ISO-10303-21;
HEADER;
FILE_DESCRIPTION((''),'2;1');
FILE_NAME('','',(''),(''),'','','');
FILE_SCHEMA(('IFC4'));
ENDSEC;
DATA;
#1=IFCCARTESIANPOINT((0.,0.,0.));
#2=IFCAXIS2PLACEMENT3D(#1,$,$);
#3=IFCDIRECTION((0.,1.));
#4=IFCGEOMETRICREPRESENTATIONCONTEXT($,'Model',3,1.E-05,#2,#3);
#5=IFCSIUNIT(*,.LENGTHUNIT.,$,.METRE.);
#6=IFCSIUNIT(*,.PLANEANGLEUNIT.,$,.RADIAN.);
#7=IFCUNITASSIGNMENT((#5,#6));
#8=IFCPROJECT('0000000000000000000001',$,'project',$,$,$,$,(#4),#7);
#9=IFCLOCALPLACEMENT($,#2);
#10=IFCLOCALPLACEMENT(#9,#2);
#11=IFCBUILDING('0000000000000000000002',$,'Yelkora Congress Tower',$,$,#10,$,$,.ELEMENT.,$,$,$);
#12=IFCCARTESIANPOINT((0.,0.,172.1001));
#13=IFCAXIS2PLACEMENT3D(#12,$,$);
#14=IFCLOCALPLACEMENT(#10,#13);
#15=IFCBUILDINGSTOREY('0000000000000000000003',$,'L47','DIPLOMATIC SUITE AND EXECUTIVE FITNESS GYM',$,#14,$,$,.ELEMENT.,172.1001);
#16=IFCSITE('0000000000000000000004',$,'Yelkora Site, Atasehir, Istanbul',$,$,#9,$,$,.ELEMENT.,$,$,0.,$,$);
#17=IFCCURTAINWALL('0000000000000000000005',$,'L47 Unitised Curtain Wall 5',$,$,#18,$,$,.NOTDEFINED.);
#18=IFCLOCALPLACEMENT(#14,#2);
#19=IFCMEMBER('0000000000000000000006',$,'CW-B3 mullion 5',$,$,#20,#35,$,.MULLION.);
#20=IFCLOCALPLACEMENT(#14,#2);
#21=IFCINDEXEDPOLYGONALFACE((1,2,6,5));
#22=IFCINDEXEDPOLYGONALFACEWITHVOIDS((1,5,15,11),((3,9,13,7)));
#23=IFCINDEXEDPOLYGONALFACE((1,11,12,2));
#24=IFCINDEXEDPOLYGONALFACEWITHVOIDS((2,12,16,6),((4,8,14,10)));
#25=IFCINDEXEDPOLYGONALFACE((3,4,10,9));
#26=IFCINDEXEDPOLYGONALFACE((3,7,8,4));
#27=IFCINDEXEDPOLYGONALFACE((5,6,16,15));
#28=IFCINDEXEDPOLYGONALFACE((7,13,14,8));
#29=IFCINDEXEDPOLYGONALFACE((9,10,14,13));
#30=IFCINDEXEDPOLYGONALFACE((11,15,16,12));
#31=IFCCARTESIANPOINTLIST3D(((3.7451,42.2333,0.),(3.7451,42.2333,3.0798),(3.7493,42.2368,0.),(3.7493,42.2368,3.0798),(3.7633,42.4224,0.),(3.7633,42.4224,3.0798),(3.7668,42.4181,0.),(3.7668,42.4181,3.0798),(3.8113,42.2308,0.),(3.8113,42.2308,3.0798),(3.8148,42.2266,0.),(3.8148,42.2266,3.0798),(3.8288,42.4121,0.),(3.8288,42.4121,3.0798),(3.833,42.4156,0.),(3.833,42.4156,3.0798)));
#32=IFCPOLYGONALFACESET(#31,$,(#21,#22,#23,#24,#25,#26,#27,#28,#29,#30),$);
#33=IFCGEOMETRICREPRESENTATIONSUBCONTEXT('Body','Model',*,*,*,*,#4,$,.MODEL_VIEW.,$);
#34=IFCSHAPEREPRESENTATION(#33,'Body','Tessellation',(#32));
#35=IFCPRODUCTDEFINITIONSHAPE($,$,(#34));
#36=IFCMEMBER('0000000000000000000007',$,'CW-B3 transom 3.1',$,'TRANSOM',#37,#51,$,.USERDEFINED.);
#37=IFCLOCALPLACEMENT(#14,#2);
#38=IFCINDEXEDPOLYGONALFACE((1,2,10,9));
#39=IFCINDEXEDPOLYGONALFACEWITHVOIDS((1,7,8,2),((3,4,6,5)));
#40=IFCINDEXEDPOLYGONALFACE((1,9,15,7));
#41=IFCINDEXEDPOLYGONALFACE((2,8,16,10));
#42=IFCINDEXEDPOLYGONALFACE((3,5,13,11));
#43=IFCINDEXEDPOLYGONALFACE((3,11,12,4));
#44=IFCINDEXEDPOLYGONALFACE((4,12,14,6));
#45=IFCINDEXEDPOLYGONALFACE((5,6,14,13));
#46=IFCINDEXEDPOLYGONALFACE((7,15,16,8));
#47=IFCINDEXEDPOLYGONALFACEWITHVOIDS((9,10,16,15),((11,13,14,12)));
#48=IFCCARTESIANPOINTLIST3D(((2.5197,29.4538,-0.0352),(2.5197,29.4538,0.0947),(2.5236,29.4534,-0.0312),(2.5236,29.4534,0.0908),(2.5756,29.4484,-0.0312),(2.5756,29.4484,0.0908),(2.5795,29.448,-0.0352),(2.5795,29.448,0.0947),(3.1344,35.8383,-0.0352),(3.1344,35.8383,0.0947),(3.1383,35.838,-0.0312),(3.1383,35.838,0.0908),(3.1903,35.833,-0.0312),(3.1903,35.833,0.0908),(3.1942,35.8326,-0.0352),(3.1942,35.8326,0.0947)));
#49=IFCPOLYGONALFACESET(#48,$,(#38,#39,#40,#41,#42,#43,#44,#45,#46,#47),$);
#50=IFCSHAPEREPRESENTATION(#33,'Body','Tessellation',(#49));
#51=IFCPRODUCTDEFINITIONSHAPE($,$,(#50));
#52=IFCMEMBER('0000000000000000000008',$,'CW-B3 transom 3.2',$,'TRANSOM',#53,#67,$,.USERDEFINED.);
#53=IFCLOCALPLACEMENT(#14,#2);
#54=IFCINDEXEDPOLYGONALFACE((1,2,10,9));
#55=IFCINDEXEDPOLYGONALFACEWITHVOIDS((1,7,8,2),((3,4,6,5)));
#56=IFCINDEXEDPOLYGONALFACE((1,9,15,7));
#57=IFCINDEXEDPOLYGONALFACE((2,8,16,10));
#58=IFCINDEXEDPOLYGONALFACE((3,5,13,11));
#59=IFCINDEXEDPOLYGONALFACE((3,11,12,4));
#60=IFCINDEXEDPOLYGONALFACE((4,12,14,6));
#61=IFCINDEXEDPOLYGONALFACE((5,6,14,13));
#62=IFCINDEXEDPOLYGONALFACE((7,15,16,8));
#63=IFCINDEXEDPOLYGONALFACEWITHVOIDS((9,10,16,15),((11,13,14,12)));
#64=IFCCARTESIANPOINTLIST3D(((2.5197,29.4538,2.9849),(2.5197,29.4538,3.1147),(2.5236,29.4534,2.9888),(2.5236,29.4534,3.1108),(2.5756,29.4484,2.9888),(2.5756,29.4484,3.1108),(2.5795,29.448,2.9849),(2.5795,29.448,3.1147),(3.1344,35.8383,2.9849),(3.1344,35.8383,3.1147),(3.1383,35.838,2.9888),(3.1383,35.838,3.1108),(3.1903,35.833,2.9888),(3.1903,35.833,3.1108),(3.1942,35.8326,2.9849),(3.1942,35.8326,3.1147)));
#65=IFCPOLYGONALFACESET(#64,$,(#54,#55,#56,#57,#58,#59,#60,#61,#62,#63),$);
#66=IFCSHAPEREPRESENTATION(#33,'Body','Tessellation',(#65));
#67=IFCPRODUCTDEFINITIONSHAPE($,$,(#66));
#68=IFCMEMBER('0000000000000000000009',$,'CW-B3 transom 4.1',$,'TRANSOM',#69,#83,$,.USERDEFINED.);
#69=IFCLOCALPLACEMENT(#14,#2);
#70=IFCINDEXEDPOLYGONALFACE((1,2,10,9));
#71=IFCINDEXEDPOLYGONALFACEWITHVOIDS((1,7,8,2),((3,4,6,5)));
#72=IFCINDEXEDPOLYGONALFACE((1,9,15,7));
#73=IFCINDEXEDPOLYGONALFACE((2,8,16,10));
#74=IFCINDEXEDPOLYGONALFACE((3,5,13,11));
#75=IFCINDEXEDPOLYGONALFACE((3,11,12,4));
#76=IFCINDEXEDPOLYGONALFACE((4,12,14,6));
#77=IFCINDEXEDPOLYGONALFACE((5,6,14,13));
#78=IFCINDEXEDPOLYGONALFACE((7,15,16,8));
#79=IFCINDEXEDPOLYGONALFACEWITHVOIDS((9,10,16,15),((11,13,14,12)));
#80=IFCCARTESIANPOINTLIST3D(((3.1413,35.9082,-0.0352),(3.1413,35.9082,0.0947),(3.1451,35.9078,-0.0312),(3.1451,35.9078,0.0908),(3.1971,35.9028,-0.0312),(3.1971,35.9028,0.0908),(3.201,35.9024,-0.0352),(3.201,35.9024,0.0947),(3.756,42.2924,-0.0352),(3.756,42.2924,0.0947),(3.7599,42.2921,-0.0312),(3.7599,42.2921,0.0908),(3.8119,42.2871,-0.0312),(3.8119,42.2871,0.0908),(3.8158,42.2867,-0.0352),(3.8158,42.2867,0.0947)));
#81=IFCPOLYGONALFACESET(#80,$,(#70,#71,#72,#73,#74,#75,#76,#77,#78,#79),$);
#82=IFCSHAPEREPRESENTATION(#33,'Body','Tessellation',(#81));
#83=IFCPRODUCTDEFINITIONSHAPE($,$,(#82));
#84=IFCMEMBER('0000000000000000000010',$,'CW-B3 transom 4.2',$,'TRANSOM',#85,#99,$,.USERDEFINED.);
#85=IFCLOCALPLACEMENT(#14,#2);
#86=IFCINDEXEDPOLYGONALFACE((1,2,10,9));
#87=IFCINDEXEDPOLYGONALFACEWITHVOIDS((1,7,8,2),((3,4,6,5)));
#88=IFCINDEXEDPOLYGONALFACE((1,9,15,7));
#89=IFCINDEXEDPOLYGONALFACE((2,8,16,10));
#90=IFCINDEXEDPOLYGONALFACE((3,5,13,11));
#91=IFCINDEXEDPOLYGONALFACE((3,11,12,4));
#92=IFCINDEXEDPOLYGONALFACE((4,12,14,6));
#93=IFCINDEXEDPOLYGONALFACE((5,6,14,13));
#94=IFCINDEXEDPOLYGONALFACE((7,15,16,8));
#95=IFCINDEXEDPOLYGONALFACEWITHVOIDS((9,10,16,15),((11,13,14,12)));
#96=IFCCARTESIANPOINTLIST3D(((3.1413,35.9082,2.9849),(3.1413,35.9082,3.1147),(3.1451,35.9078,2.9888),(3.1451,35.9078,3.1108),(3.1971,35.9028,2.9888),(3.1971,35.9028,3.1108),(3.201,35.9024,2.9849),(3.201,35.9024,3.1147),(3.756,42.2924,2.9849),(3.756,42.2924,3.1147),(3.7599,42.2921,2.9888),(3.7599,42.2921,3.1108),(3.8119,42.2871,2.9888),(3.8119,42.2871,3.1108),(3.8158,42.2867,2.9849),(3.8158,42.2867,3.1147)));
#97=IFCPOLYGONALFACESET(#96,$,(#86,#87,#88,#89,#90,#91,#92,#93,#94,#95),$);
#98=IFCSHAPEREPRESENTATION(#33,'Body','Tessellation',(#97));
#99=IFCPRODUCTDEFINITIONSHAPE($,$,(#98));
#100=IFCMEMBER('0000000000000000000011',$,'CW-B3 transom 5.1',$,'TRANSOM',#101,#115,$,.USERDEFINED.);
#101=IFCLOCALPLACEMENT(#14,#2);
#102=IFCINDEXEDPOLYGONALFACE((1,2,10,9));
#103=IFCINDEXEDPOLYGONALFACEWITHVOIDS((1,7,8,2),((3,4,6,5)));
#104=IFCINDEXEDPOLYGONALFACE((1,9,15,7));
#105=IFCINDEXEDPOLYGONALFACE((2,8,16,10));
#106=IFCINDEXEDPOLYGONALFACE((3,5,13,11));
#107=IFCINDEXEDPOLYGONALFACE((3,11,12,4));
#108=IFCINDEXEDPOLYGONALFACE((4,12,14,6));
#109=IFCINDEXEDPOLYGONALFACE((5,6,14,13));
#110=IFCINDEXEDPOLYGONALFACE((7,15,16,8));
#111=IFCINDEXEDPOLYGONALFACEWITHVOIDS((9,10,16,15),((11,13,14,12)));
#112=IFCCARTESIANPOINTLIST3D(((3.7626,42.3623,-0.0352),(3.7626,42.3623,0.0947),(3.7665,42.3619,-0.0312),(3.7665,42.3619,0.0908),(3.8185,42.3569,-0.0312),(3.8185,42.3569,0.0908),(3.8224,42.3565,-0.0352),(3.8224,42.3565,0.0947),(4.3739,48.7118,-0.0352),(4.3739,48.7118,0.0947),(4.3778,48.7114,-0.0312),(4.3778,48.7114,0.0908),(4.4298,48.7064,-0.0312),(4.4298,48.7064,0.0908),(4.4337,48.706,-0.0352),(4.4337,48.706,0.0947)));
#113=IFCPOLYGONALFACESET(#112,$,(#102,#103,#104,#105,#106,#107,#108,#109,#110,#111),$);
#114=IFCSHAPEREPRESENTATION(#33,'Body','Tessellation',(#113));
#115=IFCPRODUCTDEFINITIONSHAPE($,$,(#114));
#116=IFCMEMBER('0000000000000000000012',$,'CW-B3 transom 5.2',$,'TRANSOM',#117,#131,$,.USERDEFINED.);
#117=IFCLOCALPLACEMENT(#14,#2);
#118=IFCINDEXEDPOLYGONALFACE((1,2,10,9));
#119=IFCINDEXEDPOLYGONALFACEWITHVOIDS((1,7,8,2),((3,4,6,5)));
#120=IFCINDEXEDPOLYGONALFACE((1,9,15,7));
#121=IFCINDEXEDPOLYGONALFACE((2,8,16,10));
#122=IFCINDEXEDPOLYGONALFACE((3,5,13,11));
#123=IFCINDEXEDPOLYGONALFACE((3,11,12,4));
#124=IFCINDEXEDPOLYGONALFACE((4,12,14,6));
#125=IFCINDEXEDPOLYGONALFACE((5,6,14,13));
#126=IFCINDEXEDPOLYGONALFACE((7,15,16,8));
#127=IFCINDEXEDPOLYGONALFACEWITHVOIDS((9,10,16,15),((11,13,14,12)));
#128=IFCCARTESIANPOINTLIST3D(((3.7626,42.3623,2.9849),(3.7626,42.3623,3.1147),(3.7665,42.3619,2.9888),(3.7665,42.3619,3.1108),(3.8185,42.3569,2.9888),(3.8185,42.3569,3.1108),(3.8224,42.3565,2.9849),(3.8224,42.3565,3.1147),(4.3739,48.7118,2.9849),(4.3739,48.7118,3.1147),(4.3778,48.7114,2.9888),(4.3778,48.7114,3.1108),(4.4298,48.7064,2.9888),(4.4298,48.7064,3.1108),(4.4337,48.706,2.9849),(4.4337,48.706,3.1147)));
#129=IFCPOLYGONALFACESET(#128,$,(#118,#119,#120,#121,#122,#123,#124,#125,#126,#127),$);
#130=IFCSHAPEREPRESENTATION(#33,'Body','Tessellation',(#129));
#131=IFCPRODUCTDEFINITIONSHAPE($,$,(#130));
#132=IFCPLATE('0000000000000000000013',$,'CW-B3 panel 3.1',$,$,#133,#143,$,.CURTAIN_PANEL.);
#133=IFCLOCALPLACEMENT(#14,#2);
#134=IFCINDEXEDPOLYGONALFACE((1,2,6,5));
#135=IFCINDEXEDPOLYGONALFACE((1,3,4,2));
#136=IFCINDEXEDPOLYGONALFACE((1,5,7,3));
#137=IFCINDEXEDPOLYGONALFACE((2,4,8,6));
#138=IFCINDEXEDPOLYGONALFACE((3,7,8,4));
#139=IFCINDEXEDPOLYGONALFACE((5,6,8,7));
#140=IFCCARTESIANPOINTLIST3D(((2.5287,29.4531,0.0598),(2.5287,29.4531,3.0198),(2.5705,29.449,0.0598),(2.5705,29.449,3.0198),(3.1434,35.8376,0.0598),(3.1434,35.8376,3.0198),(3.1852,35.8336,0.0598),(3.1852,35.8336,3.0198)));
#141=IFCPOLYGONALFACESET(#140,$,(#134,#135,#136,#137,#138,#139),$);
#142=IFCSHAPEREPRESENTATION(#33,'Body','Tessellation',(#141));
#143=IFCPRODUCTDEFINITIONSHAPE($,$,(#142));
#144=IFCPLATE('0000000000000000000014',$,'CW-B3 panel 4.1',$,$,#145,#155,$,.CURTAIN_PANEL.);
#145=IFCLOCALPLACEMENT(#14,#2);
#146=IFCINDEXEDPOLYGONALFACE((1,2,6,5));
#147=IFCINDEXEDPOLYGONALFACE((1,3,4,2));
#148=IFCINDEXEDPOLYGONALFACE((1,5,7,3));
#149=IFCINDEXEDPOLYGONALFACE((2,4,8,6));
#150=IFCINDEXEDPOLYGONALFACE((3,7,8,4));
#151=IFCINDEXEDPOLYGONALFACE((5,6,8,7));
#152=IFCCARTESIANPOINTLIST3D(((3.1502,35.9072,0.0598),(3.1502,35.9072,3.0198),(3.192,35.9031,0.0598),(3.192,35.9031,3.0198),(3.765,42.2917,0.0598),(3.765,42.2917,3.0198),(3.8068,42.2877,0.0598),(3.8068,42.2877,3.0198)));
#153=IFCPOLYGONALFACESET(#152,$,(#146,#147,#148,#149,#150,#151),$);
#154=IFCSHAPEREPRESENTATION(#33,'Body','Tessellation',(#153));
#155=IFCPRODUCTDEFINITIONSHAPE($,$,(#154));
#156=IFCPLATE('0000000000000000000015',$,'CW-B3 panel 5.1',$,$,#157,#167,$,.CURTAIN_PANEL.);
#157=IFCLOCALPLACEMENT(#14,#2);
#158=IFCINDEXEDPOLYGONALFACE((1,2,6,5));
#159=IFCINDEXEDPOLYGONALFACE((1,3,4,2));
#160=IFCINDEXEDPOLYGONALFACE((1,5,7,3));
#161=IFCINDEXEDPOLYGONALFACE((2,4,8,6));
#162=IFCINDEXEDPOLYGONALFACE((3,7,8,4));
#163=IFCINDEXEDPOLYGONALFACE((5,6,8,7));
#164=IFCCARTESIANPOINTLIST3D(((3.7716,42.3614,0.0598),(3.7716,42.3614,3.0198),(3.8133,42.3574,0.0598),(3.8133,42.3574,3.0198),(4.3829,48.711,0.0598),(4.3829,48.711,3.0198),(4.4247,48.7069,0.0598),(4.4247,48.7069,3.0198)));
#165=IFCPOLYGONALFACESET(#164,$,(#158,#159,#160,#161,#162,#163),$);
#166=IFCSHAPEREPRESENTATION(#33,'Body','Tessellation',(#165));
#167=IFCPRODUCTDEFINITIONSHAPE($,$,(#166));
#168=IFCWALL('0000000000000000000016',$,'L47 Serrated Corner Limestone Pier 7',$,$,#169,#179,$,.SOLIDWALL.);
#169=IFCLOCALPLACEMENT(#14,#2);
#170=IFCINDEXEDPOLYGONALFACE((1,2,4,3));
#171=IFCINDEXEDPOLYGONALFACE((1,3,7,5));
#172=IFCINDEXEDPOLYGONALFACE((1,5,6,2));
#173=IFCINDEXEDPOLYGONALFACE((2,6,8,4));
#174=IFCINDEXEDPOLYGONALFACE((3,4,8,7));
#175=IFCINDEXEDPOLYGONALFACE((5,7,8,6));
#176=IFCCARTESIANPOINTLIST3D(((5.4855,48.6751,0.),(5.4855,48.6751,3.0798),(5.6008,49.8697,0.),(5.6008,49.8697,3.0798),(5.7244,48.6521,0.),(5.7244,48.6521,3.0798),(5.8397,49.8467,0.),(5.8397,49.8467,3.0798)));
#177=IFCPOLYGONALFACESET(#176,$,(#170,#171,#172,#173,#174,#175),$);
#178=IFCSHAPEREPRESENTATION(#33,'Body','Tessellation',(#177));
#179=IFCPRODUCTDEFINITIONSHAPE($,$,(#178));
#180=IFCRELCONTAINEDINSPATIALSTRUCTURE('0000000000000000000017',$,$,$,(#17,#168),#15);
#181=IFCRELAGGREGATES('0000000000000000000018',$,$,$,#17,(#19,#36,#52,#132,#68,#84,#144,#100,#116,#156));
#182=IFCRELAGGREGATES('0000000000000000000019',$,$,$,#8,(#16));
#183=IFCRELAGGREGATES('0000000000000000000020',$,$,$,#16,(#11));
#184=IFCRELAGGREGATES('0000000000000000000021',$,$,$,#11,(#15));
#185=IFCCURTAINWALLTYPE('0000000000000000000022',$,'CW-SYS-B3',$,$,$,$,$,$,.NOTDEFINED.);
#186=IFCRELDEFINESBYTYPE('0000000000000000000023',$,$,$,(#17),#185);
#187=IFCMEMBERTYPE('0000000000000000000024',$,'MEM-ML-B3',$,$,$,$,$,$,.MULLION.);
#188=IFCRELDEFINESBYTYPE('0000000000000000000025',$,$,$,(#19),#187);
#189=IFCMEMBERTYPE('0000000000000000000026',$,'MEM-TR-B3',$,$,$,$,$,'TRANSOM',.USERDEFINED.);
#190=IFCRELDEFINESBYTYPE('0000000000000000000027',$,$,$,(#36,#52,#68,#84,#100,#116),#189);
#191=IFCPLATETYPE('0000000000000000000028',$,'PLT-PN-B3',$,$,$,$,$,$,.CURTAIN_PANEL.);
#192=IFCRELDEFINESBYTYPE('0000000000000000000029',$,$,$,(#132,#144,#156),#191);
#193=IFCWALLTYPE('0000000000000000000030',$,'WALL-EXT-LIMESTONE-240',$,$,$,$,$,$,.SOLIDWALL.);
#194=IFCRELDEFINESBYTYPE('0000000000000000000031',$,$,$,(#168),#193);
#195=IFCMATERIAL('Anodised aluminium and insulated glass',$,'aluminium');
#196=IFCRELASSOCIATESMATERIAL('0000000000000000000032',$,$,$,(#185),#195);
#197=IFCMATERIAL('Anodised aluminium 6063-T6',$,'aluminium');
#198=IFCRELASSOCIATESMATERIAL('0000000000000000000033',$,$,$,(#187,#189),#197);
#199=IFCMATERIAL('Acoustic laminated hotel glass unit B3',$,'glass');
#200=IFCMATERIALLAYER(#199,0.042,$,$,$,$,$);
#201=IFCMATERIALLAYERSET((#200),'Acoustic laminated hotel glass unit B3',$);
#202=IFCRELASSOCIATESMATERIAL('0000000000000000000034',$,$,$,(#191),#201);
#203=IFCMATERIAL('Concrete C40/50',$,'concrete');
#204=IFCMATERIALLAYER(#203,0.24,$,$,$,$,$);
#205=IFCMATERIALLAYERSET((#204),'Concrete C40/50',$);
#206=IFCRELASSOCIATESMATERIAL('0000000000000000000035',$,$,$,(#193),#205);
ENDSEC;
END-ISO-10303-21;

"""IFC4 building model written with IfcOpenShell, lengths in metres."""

from ifc_helpers import new_model, si_unit, direction, frame, frame_2d, origin, origin_2d, place, context, subcontext, project, spatial, rectangle, hollow_rectangle, extrude, material, layer, layer_set, material_profile, profile_set, type_object, element, aggregate, save


model = new_model("IFC4")

# Units and contexts
model_context = context("Model", 3, precision=1e-05, world=origin(), true_north=direction((0.0, 1.0)))
body_context = subcontext(model_context, "Body", "Model", "MODEL_VIEW")
ifc_project = project(units=[si_unit("LENGTHUNIT", "METRE"), si_unit("PLANEANGLEUNIT", "RADIAN")], contexts=[model_context])

# Site, building, storey
site_placement = place(None, origin())
site = spatial("IfcSite", under=ifc_project, at=site_placement, Name="Yelkora Site, Atasehir, Istanbul", CompositionType="ELEMENT", RefElevation=0.0)
building_placement = place(site_placement, origin())
building = spatial("IfcBuilding", under=site, at=building_placement, Name="Yelkora Congress Tower", CompositionType="ELEMENT")
storey_placement = place(building_placement, frame((0.0, 0.0, 172.1001)))
storey = spatial("IfcBuildingStorey", under=building, at=storey_placement, Name="L47", Description="DIPLOMATIC SUITE AND EXECUTIVE FITNESS GYM", CompositionType="ELEMENT", Elevation=172.1001)

# Curtain wall, members, plates
ifc_material_1 = material(Name="Anodised aluminium and insulated glass", Category="aluminium")
curtain_wall_type = type_object("IfcCurtainWallType", Name="CW-SYS-B3", PredefinedType="NOTDEFINED", material=ifc_material_1)
curtain_wall_placement = place(storey_placement, origin())
curtain_wall = element("IfcCurtainWall", 1, at=curtain_wall_placement, inside=storey, type_object=curtain_wall_type, Name="L47 Unitised Curtain Wall 5", PredefinedType="NOTDEFINED")
ifc_material_2 = material(Name="Anodised aluminium 6063-T6", Category="aluminium")
ifc_material_profile_1 = material_profile(ifc_material_2, hollow_rectangle(XDim=0.0701, YDim=0.1899, WallThickness=0.0039, at=origin_2d()), Name="ALU 70x190x4")
ifc_profile_set_1 = profile_set([ifc_material_profile_1], Name="Anodised aluminium 6063-T6")
member_type_1 = type_object("IfcMemberType", Name="MEM-ML-B3", PredefinedType="MULLION", material=ifc_profile_set_1)
member_1_placement = place(storey_placement, frame((3.7891, 42.3245, 0.0), z_axis=(0.0, 0.0, 1.0), x_axis=(-0.995396, 0.095845, 0.0)))
member_1 = element("IfcMember", 2, at=member_1_placement, type_object=member_type_1, Name="CW-B3 mullion 5", PredefinedType="MULLION", context=body_context, shape_type="SweptSolid", body=[
    extrude(hollow_rectangle(XDim=0.0701, YDim=0.1899, WallThickness=0.0039, at=origin_2d()), origin(), (0.0, 0.0, 1.0), 3.0798),
])
ifc_material_profile_2 = material_profile(ifc_material_2, hollow_rectangle(XDim=0.0601, YDim=0.1299, WallThickness=0.0039, at=origin_2d()), Name="ALU 60x130x4")
ifc_profile_set_2 = profile_set([ifc_material_profile_2], Name="Anodised aluminium 6063-T6")
member_type_2 = type_object("IfcMemberType", Name="MEM-TR-B3", ElementType="TRANSOM", PredefinedType="USERDEFINED", material=ifc_profile_set_2)
member_2_placement = place(storey_placement, frame((2.5496, 29.4509, 0.0298), z_axis=(0.095844, 0.995396, 0.0), x_axis=(-0.995396, 0.095844, 0.0)))
member_2 = element("IfcMember", 3, at=member_2_placement, type_object=member_type_2, Name="CW-B3 transom 3.1", ObjectType="TRANSOM", PredefinedType="USERDEFINED", context=body_context, shape_type="SweptSolid", body=[
    extrude(hollow_rectangle(XDim=0.0601, YDim=0.1299, WallThickness=0.0039, at=origin_2d()), origin(), (0.0, 0.0, 1.0), 6.4141),
])
member_3_placement = place(storey_placement, frame((2.5496, 29.4509, 3.0498), z_axis=(0.095844, 0.995396, 0.0), x_axis=(-0.995396, 0.095844, 0.0)))
member_3 = element("IfcMember", 4, at=member_3_placement, type_object=member_type_2, Name="CW-B3 transom 3.2", ObjectType="TRANSOM", PredefinedType="USERDEFINED", context=body_context, shape_type="SweptSolid", body=[
    extrude(hollow_rectangle(XDim=0.0601, YDim=0.1299, WallThickness=0.0039, at=origin_2d()), origin(), (0.0, 0.0, 1.0), 6.4141),
])
member_4_placement = place(storey_placement, frame((3.1711, 35.9053, 0.0298), z_axis=(0.095847, 0.995396, 0.0), x_axis=(-0.995396, 0.095847, 0.0)))
member_4 = element("IfcMember", 5, at=member_4_placement, type_object=member_type_2, Name="CW-B3 transom 4.1", ObjectType="TRANSOM", PredefinedType="USERDEFINED", context=body_context, shape_type="SweptSolid", body=[
    extrude(hollow_rectangle(XDim=0.0601, YDim=0.1299, WallThickness=0.0039, at=origin_2d()), origin(), (0.0, 0.0, 1.0), 6.4138),
])
member_5_placement = place(storey_placement, frame((3.1711, 35.9053, 3.0498), z_axis=(0.095847, 0.995396, 0.0), x_axis=(-0.995396, 0.095847, 0.0)))
member_5 = element("IfcMember", 6, at=member_5_placement, type_object=member_type_2, Name="CW-B3 transom 4.2", ObjectType="TRANSOM", PredefinedType="USERDEFINED", context=body_context, shape_type="SweptSolid", body=[
    extrude(hollow_rectangle(XDim=0.0601, YDim=0.1299, WallThickness=0.0039, at=origin_2d()), origin(), (0.0, 0.0, 1.0), 6.4138),
])
member_6_placement = place(storey_placement, frame((3.7925, 42.3594, 0.0298), z_axis=(0.095835, 0.995397, 0.0), x_axis=(-0.995397, 0.095835, 0.0)))
member_6 = element("IfcMember", 7, at=member_6_placement, type_object=member_type_2, Name="CW-B3 transom 5.1", ObjectType="TRANSOM", PredefinedType="USERDEFINED", context=body_context, shape_type="SweptSolid", body=[
    extrude(hollow_rectangle(XDim=0.0601, YDim=0.1299, WallThickness=0.0039, at=origin_2d()), origin(), (0.0, 0.0, 1.0), 6.3789),
])
member_7_placement = place(storey_placement, frame((3.7925, 42.3594, 3.0498), z_axis=(0.095835, 0.995397, 0.0), x_axis=(-0.995397, 0.095835, 0.0)))
member_7 = element("IfcMember", 8, at=member_7_placement, type_object=member_type_2, Name="CW-B3 transom 5.2", ObjectType="TRANSOM", PredefinedType="USERDEFINED", context=body_context, shape_type="SweptSolid", body=[
    extrude(hollow_rectangle(XDim=0.0601, YDim=0.1299, WallThickness=0.0039, at=origin_2d()), origin(), (0.0, 0.0, 1.0), 6.3789),
])
ifc_material_3 = material(Name="Acoustic laminated hotel glass unit B3", Category="glass")
ifc_layer_1 = layer(ifc_material_3, 0.042)
ifc_layer_set_1 = layer_set([ifc_layer_1], Name="Acoustic laminated hotel glass unit B3")
plate_type = type_object("IfcPlateType", Name="PLT-PN-B3", PredefinedType="CURTAIN_PANEL", material=ifc_layer_set_1)
plate_1_placement = place(storey_placement, frame((2.8569, 32.6433, 0.0598), z_axis=(0.0, 0.0, 1.0), x_axis=(0.095845, 0.995396, 0.0)))
plate_1 = element("IfcPlate", 9, at=plate_1_placement, type_object=plate_type, Name="CW-B3 panel 3.1", PredefinedType="CURTAIN_PANEL", context=body_context, shape_type="SweptSolid", body=[
    extrude(rectangle(XDim=6.4141, YDim=0.042, at=origin_2d()), origin(), (0.0, 0.0, 1.0), 2.96),
])
plate_2_placement = place(storey_placement, frame((3.4785, 39.0974, 0.0598), z_axis=(0.0, 0.0, 1.0), x_axis=(0.095845, 0.995396, 0.0)))
plate_2 = element("IfcPlate", 10, at=plate_2_placement, type_object=plate_type, Name="CW-B3 panel 4.1", PredefinedType="CURTAIN_PANEL", context=body_context, shape_type="SweptSolid", body=[
    extrude(rectangle(XDim=6.4141, YDim=0.042, at=origin_2d()), origin(), (0.0, 0.0, 1.0), 2.96),
])
plate_3_placement = place(storey_placement, frame((4.0981, 45.5342, 0.0598), z_axis=(0.0, 0.0, 1.0), x_axis=(0.095845, 0.995396, 0.0)))
plate_3 = element("IfcPlate", 11, at=plate_3_placement, type_object=plate_type, Name="CW-B3 panel 5.1", PredefinedType="CURTAIN_PANEL", context=body_context, shape_type="SweptSolid", body=[
    extrude(rectangle(XDim=6.3789, YDim=0.042, at=origin_2d()), origin(), (0.0, 0.0, 1.0), 2.96),
])
aggregate(curtain_wall, [member_1, member_2, member_3, plate_1, member_4, member_5, plate_2, member_6, member_7, plate_3])

# Wall
ifc_material_4 = material(Name="Concrete C40/50", Category="concrete")
ifc_layer_2 = layer(ifc_material_4, 0.24)
ifc_layer_set_2 = layer_set([ifc_layer_2], Name="Concrete C40/50")
wall_type_1 = type_object("IfcWallType", Name="WALL-EXT-LIMESTONE-240", PredefinedType="SOLIDWALL", material=ifc_layer_set_2)
wall_1_placement = place(storey_placement, frame((5.605, 48.6636, 0.0), z_axis=(0.0, 0.0, 1.0), x_axis=(0.096019, 0.99538, 0.0)))
element("IfcWall", 12, at=wall_1_placement, inside=storey, type_object=wall_type_1, Name="L47 Serrated Corner Limestone Pier 7", PredefinedType="SOLIDWALL", context=body_context, shape_type="SweptSolid", body=[
    extrude(rectangle(XDim=1.2002, YDim=0.24, at=frame_2d((0.6001, 0.0))), origin(), (0.0, 0.0, 1.0), 3.0798),
])

save(model, "model.ifc")
